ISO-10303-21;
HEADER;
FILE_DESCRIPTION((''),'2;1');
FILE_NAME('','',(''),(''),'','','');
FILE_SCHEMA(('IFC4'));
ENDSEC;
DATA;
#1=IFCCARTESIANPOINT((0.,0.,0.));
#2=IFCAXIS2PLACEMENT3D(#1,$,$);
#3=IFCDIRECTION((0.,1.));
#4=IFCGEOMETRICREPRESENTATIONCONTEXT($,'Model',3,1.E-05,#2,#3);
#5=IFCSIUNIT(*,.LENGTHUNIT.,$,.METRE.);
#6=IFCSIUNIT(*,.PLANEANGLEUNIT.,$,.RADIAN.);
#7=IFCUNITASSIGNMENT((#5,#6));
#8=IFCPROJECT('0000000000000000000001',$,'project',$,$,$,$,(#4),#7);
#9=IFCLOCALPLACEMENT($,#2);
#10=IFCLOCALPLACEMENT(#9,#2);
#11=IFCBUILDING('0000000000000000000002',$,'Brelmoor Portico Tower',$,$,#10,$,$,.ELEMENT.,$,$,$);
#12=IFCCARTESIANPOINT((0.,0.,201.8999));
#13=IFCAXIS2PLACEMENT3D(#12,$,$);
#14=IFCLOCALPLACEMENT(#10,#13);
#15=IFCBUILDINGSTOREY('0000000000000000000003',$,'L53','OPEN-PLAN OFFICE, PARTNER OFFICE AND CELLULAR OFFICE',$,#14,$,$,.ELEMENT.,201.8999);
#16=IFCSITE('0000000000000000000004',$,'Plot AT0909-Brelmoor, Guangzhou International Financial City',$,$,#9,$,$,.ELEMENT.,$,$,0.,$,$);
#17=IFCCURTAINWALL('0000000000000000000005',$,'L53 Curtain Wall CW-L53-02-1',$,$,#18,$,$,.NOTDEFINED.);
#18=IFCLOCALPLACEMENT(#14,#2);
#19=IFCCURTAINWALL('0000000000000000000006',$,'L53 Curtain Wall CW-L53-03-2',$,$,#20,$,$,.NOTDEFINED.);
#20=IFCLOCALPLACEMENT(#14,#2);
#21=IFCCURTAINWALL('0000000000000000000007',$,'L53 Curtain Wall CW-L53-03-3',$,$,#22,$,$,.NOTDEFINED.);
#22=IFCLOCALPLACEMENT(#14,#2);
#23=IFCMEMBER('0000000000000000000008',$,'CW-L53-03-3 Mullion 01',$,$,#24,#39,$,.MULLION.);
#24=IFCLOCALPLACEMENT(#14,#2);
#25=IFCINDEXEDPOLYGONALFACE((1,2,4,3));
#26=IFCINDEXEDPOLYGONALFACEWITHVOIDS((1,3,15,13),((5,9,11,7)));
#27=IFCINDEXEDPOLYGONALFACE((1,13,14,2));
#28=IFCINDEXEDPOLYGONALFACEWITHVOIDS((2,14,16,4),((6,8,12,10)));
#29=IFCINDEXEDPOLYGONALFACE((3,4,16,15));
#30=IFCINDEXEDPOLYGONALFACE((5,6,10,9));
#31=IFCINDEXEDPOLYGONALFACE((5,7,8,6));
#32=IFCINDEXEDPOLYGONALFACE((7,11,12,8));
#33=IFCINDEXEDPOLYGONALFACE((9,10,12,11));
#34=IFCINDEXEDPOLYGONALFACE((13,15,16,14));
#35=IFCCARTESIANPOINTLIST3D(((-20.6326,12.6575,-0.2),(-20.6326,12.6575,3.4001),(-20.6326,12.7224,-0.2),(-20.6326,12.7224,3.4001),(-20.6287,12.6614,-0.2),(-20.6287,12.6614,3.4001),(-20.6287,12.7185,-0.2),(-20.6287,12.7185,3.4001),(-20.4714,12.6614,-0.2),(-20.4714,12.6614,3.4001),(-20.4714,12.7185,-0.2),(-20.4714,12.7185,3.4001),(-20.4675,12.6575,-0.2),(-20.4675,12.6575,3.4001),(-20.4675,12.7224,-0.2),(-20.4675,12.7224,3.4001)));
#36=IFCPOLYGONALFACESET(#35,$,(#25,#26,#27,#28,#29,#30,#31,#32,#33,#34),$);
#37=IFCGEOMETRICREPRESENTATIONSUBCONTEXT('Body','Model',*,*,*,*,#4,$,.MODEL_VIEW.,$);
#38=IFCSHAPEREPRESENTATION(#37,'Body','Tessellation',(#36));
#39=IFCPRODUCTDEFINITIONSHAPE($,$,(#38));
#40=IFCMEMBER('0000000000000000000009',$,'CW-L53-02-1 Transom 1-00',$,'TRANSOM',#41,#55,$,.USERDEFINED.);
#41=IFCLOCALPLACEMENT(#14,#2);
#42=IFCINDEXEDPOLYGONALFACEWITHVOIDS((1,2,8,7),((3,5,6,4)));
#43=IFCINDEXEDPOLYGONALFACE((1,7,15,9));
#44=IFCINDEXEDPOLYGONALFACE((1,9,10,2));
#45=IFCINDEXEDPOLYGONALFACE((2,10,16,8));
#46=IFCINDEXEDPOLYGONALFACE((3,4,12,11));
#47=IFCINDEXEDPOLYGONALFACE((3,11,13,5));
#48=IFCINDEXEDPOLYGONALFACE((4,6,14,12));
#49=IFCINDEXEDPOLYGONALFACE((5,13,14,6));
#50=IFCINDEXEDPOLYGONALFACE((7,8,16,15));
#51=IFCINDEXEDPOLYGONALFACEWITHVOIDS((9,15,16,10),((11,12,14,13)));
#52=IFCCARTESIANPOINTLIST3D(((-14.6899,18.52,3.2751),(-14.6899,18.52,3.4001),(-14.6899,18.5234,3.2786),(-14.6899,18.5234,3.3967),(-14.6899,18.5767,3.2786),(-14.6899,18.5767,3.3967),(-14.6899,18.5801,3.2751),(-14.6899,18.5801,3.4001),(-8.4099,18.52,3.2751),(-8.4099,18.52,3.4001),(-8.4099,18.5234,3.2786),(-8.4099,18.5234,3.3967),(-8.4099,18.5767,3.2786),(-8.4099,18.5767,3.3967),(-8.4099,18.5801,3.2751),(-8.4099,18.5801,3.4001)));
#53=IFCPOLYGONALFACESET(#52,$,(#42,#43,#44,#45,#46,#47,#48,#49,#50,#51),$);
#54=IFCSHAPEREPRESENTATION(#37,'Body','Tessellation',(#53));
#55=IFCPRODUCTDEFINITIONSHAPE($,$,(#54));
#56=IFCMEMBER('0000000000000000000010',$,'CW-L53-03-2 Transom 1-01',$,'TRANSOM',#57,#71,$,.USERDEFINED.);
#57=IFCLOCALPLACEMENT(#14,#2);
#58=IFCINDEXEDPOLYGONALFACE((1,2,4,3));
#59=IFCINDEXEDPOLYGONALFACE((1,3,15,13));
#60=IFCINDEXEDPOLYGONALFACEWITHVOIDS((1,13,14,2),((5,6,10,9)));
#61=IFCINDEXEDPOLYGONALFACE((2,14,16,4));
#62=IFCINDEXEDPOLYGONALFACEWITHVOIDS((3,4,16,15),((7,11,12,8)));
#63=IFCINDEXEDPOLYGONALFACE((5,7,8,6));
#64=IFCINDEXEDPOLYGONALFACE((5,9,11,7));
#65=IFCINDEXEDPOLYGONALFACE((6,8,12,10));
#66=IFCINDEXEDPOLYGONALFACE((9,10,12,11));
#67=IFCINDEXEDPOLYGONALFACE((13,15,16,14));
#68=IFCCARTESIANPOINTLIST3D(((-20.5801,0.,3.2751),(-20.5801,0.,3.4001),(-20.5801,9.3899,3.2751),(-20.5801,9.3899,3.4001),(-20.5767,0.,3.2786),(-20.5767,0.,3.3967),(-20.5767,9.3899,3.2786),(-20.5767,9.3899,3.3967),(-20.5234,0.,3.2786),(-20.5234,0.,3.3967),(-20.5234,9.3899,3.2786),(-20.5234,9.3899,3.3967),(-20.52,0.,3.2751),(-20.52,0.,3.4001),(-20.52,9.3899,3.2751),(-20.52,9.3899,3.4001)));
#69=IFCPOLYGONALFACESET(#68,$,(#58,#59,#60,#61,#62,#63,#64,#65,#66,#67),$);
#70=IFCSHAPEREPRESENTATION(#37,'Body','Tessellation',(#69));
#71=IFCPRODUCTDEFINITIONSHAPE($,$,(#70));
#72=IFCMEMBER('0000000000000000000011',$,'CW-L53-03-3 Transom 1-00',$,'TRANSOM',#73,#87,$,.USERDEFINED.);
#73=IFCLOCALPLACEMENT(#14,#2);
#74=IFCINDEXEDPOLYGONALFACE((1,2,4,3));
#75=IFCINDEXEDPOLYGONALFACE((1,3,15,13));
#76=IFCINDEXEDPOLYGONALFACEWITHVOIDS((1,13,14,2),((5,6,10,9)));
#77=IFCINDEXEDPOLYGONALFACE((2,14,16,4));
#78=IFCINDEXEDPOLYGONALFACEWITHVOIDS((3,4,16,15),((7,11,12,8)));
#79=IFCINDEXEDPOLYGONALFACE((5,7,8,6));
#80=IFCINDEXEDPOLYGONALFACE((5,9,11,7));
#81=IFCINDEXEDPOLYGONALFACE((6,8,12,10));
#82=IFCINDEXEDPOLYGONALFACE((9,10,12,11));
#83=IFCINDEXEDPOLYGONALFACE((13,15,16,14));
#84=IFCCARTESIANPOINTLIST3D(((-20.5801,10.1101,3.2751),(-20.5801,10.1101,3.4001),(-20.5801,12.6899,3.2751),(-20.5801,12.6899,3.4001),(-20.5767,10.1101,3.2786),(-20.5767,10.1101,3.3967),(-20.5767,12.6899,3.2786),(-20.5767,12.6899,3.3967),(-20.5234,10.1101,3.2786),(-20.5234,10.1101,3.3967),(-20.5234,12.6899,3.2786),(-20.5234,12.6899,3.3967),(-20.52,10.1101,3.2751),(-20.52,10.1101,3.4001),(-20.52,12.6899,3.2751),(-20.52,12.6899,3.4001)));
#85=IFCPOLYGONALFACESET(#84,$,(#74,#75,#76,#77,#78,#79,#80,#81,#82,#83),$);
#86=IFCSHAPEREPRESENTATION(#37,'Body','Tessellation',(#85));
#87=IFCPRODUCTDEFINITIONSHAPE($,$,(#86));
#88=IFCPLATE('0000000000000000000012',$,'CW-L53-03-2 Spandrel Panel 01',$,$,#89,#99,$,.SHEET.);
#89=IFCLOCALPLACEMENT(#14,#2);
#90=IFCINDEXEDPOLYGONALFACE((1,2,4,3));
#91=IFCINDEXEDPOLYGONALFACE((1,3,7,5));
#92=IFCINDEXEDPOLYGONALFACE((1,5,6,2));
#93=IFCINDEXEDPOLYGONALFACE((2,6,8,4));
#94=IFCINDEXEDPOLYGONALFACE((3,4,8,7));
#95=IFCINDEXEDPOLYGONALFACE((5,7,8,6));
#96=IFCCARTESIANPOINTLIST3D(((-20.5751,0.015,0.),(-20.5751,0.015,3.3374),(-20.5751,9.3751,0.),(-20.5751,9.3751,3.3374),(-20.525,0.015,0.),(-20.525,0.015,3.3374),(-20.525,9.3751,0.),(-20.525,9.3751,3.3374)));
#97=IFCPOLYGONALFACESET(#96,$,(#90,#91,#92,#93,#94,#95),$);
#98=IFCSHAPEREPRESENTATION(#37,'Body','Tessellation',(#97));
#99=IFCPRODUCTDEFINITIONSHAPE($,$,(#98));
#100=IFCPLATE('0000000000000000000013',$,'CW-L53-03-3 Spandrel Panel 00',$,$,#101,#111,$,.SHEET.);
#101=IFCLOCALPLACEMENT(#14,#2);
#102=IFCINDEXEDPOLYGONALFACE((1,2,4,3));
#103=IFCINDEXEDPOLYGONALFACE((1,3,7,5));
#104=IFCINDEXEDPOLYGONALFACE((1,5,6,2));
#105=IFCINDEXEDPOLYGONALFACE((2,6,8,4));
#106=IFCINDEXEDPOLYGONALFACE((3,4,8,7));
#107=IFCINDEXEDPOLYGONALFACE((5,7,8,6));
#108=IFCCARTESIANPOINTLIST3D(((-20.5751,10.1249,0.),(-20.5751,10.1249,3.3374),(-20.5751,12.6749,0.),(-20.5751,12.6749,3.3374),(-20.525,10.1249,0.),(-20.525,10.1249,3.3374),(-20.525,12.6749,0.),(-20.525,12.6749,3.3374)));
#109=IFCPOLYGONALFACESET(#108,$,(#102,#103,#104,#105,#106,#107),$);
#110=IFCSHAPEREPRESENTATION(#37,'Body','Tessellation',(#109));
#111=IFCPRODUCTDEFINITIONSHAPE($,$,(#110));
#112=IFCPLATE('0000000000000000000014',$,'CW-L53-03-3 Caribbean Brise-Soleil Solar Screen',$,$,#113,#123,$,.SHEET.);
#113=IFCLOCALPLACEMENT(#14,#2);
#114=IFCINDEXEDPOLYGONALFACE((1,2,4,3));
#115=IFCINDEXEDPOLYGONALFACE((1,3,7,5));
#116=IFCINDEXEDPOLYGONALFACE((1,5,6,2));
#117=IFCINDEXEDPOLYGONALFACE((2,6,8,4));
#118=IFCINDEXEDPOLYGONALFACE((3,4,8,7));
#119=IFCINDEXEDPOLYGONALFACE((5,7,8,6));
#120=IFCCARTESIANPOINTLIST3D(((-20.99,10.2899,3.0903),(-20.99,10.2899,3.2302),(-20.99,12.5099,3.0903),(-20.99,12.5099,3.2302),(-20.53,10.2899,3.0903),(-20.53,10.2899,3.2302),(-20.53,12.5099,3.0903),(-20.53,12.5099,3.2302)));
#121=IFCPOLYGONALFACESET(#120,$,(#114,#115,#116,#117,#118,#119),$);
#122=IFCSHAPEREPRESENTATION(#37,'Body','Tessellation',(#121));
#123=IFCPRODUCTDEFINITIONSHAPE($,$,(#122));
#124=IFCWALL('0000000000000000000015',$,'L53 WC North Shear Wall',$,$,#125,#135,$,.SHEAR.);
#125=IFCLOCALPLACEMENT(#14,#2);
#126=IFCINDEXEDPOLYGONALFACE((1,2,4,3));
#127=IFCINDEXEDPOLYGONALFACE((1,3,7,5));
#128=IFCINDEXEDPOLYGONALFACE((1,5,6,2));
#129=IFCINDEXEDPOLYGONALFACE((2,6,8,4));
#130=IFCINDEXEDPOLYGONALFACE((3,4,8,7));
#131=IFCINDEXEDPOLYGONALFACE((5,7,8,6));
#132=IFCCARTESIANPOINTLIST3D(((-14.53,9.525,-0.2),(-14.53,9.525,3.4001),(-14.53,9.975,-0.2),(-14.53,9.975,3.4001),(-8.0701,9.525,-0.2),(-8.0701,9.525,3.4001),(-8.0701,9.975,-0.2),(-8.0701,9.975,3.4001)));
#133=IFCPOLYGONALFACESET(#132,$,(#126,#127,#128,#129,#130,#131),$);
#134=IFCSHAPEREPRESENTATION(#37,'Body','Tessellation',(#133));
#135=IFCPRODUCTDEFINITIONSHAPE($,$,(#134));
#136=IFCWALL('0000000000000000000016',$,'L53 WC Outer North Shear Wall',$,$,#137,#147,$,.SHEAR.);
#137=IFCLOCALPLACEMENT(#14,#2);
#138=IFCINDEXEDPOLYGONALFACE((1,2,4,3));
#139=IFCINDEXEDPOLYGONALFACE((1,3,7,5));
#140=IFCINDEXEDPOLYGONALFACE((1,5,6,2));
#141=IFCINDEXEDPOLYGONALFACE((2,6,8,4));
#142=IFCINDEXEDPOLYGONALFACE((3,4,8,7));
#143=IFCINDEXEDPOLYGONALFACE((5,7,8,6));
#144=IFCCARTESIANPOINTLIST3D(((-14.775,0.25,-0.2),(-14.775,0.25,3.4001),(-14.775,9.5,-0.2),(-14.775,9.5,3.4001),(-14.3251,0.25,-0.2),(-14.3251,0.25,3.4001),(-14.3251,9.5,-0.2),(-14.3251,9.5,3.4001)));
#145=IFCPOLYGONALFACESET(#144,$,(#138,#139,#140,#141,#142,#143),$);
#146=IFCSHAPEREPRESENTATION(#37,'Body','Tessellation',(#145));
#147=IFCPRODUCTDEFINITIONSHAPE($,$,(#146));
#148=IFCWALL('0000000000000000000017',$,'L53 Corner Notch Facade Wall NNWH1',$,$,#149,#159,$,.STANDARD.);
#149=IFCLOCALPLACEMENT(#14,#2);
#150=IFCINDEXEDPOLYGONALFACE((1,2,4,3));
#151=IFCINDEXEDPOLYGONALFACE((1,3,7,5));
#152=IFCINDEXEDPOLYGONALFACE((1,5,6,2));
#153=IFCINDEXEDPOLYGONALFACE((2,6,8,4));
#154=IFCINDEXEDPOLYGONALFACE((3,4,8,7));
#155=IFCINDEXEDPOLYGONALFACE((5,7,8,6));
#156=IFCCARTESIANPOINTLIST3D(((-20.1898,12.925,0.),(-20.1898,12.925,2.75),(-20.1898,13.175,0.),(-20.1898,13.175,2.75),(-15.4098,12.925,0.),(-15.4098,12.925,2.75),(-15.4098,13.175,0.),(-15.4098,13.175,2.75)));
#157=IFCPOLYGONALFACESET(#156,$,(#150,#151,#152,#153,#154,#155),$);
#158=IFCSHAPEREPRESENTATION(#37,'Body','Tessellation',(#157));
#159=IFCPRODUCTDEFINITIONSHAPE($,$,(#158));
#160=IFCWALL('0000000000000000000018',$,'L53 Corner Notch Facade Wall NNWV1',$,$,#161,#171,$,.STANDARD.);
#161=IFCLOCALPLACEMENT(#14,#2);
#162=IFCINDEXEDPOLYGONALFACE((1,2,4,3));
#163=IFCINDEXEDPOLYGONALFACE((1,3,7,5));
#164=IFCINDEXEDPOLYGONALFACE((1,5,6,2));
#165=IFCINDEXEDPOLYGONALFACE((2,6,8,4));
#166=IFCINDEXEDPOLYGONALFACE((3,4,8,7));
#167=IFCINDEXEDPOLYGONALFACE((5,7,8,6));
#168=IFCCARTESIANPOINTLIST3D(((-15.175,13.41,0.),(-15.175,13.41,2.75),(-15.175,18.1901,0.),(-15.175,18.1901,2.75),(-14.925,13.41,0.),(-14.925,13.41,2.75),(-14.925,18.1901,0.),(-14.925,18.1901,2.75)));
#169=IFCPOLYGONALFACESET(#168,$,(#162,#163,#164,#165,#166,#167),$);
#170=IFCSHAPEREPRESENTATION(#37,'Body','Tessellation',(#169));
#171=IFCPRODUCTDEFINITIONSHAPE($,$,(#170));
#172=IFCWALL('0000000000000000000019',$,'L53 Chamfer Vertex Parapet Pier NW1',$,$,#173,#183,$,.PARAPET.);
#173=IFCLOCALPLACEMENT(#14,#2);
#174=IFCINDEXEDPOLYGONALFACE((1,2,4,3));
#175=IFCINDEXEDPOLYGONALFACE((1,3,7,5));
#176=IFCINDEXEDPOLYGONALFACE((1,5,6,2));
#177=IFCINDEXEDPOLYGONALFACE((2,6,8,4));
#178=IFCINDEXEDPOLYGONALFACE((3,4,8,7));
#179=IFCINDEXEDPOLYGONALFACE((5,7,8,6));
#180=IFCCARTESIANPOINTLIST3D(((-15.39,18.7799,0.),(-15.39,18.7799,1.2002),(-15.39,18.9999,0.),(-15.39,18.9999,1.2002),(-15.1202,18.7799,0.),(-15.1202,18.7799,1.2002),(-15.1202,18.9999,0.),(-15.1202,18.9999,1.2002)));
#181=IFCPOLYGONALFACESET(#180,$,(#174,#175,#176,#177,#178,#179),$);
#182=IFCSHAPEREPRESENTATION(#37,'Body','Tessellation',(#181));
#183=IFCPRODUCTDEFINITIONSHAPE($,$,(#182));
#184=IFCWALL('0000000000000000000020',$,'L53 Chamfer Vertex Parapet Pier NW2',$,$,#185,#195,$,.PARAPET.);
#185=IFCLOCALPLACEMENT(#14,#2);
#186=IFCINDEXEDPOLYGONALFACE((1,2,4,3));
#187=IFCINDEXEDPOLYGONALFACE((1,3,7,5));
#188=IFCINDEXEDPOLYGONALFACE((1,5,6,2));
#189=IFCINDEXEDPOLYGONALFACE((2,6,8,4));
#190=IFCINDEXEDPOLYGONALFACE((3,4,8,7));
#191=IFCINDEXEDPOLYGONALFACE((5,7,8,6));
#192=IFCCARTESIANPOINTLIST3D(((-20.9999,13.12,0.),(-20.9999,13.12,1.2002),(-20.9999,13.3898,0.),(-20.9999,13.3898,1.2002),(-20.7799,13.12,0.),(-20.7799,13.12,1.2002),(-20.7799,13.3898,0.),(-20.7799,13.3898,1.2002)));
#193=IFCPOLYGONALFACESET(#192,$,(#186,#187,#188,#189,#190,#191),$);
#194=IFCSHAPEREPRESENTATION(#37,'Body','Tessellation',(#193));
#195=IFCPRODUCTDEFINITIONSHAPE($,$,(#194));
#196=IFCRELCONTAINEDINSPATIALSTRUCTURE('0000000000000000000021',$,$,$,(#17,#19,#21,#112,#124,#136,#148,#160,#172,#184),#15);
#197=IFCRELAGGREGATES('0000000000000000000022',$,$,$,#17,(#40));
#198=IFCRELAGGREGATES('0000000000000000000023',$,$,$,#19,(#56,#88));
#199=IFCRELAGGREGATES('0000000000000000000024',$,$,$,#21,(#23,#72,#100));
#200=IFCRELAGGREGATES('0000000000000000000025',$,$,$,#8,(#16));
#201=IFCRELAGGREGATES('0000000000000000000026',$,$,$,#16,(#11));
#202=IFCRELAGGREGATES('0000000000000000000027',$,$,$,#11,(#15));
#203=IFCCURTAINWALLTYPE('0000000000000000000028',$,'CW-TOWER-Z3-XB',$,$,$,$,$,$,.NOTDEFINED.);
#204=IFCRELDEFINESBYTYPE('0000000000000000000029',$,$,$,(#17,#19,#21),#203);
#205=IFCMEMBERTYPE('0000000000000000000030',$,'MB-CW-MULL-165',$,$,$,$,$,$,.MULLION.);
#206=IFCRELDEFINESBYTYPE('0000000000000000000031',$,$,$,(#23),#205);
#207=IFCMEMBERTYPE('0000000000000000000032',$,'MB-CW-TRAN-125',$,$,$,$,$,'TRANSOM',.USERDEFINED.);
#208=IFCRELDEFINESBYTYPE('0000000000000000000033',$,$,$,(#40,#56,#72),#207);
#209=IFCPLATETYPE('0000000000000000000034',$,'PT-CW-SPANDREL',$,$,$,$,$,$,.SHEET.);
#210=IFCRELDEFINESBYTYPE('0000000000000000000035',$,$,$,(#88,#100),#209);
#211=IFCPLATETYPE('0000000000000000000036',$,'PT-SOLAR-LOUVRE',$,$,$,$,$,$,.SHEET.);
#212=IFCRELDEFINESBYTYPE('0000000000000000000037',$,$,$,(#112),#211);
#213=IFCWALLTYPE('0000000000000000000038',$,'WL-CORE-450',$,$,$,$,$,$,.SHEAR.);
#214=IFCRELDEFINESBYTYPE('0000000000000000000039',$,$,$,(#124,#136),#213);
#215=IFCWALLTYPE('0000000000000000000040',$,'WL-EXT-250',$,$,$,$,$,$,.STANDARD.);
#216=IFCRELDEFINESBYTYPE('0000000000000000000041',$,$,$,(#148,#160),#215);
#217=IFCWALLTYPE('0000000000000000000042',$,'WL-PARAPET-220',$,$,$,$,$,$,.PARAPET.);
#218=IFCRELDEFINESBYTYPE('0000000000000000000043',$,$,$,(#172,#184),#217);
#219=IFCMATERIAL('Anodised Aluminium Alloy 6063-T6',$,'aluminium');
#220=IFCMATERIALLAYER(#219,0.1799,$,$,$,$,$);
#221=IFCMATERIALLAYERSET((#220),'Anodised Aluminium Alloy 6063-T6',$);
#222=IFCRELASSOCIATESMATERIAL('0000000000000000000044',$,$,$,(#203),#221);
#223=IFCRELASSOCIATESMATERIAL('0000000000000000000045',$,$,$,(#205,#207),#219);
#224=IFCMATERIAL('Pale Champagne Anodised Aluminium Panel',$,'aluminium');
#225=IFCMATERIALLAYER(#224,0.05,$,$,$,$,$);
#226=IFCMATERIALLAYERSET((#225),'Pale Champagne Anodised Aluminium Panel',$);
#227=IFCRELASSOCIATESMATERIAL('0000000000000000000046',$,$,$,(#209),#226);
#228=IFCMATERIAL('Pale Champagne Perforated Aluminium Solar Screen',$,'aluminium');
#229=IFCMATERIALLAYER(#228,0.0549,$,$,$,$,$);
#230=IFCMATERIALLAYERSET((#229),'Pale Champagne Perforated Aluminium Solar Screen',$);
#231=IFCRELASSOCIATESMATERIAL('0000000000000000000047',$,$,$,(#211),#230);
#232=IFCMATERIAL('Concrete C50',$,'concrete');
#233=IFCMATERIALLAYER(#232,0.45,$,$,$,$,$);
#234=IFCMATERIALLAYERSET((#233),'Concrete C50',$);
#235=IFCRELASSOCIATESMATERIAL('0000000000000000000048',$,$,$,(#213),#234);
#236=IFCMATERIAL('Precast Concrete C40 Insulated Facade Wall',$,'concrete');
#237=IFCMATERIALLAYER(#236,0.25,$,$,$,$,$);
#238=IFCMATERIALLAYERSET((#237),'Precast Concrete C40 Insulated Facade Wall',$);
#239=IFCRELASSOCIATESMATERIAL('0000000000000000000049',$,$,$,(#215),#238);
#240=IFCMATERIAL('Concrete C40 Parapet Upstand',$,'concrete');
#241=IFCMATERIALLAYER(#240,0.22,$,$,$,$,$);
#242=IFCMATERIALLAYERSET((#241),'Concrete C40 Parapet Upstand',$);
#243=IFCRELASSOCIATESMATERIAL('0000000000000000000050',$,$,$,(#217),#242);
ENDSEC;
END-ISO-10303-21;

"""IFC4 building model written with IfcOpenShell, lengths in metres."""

from ifc_helpers import new_model, si_unit, direction, frame, frame_2d, origin, origin_2d, place, context, subcontext, project, spatial, rectangle, hollow_rectangle, extrude, material, layer, layer_set, material_profile, profile_set, type_object, element, aggregate, save


model = new_model("IFC4")

# Units and contexts
model_context = context("Model", 3, precision=1e-05, world=origin(), true_north=direction((0.0, 1.0)))
body_context = subcontext(model_context, "Body", "Model", "MODEL_VIEW")
ifc_project = project(units=[si_unit("LENGTHUNIT", "METRE"), si_unit("PLANEANGLEUNIT", "RADIAN")], contexts=[model_context])

# Site, building, storey
site_placement = place(None, origin())
site = spatial("IfcSite", under=ifc_project, at=site_placement, Name="Plot AT0909-Brelmoor, Guangzhou International Financial City", CompositionType="ELEMENT", RefElevation=0.0)
building_placement = place(site_placement, origin())
building = spatial("IfcBuilding", under=site, at=building_placement, Name="Brelmoor Portico Tower", CompositionType="ELEMENT")
storey_placement = place(building_placement, frame((0.0, 0.0, 201.8999)))
storey = spatial("IfcBuildingStorey", under=building, at=storey_placement, Name="L53", Description="OPEN-PLAN OFFICE, PARTNER OFFICE AND CELLULAR OFFICE", CompositionType="ELEMENT", Elevation=201.8999)

# Curtain walls
ifc_material_1 = material(Name="Anodised Aluminium Alloy 6063-T6", Category="aluminium")
ifc_layer_1 = layer(ifc_material_1, 0.1799)
ifc_layer_set_1 = layer_set([ifc_layer_1], Name="Anodised Aluminium Alloy 6063-T6")
curtain_wall_type = type_object("IfcCurtainWallType", Name="CW-TOWER-Z3-XB", PredefinedType="NOTDEFINED", material=ifc_layer_set_1)
curtain_wall_1_placement = place(storey_placement, origin())
curtain_wall_1 = element("IfcCurtainWall", 1, at=curtain_wall_1_placement, inside=storey, type_object=curtain_wall_type, Name="L53 Curtain Wall CW-L53-02-1", PredefinedType="NOTDEFINED")
ifc_material_profile_1 = material_profile(ifc_material_1, hollow_rectangle(XDim=0.0649, YDim=0.165, WallThickness=0.0039, at=origin_2d()), Name="ALU MULLION 65x165")
ifc_profile_set_1 = profile_set([ifc_material_profile_1], Name="Anodised Aluminium Alloy 6063-T6")
member_type_1 = type_object("IfcMemberType", Name="MB-CW-MULL-165", PredefinedType="MULLION", material=ifc_profile_set_1)
curtain_wall_2_placement = place(storey_placement, origin())
curtain_wall_2 = element("IfcCurtainWall", 2, at=curtain_wall_2_placement, inside=storey, type_object=curtain_wall_type, Name="L53 Curtain Wall CW-L53-03-2", PredefinedType="NOTDEFINED")

# Curtain wall, member
curtain_wall_3_placement = place(storey_placement, origin())
curtain_wall_3 = element("IfcCurtainWall", 3, at=curtain_wall_3_placement, inside=storey, type_object=curtain_wall_type, Name="L53 Curtain Wall CW-L53-03-3", PredefinedType="NOTDEFINED")
member_1_placement = place(storey_placement, frame((-20.55, 12.6899, -0.2), z_axis=(0.0, 0.0, 1.0), x_axis=(0.0, 1.0, 0.0)))
member_1 = element("IfcMember", 4, at=member_1_placement, type_object=member_type_1, Name="CW-L53-03-3 Mullion 01", PredefinedType="MULLION", context=body_context, shape_type="SweptSolid", body=[
    extrude(hollow_rectangle(XDim=0.0649, YDim=0.165, WallThickness=0.0039, at=origin_2d()), origin(), (0.0, 0.0, 1.0), 3.6001),
])

# Members
ifc_material_profile_2 = material_profile(ifc_material_1, hollow_rectangle(XDim=0.0601, YDim=0.125, WallThickness=0.0034, at=origin_2d()), Name="ALU TRANSOM 60x125")
ifc_profile_set_2 = profile_set([ifc_material_profile_2], Name="Anodised Aluminium Alloy 6063-T6")
member_type_2 = type_object("IfcMemberType", Name="MB-CW-TRAN-125", ElementType="TRANSOM", PredefinedType="USERDEFINED", material=ifc_profile_set_2)
member_2_placement = place(storey_placement, frame((-14.6899, 18.55, 3.3376), z_axis=(1.0, 0.0, 0.0), x_axis=(0.0, 1.0, 0.0)))
member_2 = element("IfcMember", 5, at=member_2_placement, type_object=member_type_2, Name="CW-L53-02-1 Transom 1-00", ObjectType="TRANSOM", PredefinedType="USERDEFINED", context=body_context, shape_type="SweptSolid", body=[
    extrude(hollow_rectangle(XDim=0.0601, YDim=0.125, WallThickness=0.0034, at=origin_2d()), origin(), (0.0, 0.0, 1.0), 6.28),
])
aggregate(curtain_wall_1, [member_2])
member_3_placement = place(storey_placement, frame((-20.55, 0.0, 3.3376), z_axis=(0.0, 1.0, 0.0), x_axis=(-1.0, 0.0, 0.0)))
member_3 = element("IfcMember", 6, at=member_3_placement, type_object=member_type_2, Name="CW-L53-03-2 Transom 1-01", ObjectType="TRANSOM", PredefinedType="USERDEFINED", context=body_context, shape_type="SweptSolid", body=[
    extrude(hollow_rectangle(XDim=0.0601, YDim=0.125, WallThickness=0.0034, at=origin_2d()), origin(), (0.0, 0.0, 1.0), 9.3899),
])
member_4_placement = place(storey_placement, frame((-20.55, 10.1101, 3.3376), z_axis=(0.0, 1.0, 0.0), x_axis=(-1.0, 0.0, 0.0)))
member_4 = element("IfcMember", 7, at=member_4_placement, type_object=member_type_2, Name="CW-L53-03-3 Transom 1-00", ObjectType="TRANSOM", PredefinedType="USERDEFINED", context=body_context, shape_type="SweptSolid", body=[
    extrude(hollow_rectangle(XDim=0.0601, YDim=0.125, WallThickness=0.0034, at=origin_2d()), origin(), (0.0, 0.0, 1.0), 2.5798),
])

# Plates
ifc_material_2 = material(Name="Pale Champagne Anodised Aluminium Panel", Category="aluminium")
ifc_layer_2 = layer(ifc_material_2, 0.05)
ifc_layer_set_2 = layer_set([ifc_layer_2], Name="Pale Champagne Anodised Aluminium Panel")
plate_type_1 = type_object("IfcPlateType", Name="PT-CW-SPANDREL", PredefinedType="SHEET", material=ifc_layer_set_2)
plate_1_placement = place(storey_placement, frame((-20.55, 4.6951, 0.0), z_axis=(0.0, 0.0, 1.0), x_axis=(0.0, 1.0, 0.0)))
plate_1 = element("IfcPlate", 8, at=plate_1_placement, type_object=plate_type_1, Name="CW-L53-03-2 Spandrel Panel 01", PredefinedType="SHEET", context=body_context, shape_type="SweptSolid", body=[
    extrude(rectangle(XDim=9.3601, YDim=0.05, at=origin_2d()), origin(), (0.0, 0.0, 1.0), 3.3374),
])
aggregate(curtain_wall_2, [member_3, plate_1])
plate_2_placement = place(storey_placement, frame((-20.55, 11.3999, 0.0), z_axis=(0.0, 0.0, 1.0), x_axis=(0.0, 1.0, 0.0)))
plate_2 = element("IfcPlate", 9, at=plate_2_placement, type_object=plate_type_1, Name="CW-L53-03-3 Spandrel Panel 00", PredefinedType="SHEET", context=body_context, shape_type="SweptSolid", body=[
    extrude(rectangle(XDim=2.55, YDim=0.05, at=origin_2d()), origin(), (0.0, 0.0, 1.0), 3.3374),
])
aggregate(curtain_wall_3, [member_1, member_4, plate_2])
ifc_material_3 = material(Name="Pale Champagne Perforated Aluminium Solar Screen", Category="aluminium")
ifc_layer_3 = layer(ifc_material_3, 0.0549)
ifc_layer_set_3 = layer_set([ifc_layer_3], Name="Pale Champagne Perforated Aluminium Solar Screen")
plate_type_2 = type_object("IfcPlateType", Name="PT-SOLAR-LOUVRE", PredefinedType="SHEET", material=ifc_layer_set_3)
plate_3_placement = place(storey_placement, frame((-20.76, 11.3999, 3.0903), z_axis=(0.0, 0.0, 1.0), x_axis=(0.0, 1.0, 0.0)))
element("IfcPlate", 10, at=plate_3_placement, inside=storey, type_object=plate_type_2, Name="CW-L53-03-3 Caribbean Brise-Soleil Solar Screen", PredefinedType="SHEET", context=body_context, shape_type="SweptSolid", body=[
    extrude(rectangle(XDim=2.22, YDim=0.46, at=origin_2d()), origin(), (0.0, 0.0, 1.0), 0.1399),
])

# Walls
ifc_material_4 = material(Name="Concrete C50", Category="concrete")
ifc_layer_4 = layer(ifc_material_4, 0.45)
ifc_layer_set_4 = layer_set([ifc_layer_4], Name="Concrete C50")
wall_type_1 = type_object("IfcWallType", Name="WL-CORE-450", PredefinedType="SHEAR", material=ifc_layer_set_4)
wall_1_placement = place(storey_placement, frame((-14.53, 9.75, -0.2), z_axis=(0.0, 0.0, 1.0), x_axis=(1.0, 0.0, 0.0)))
element("IfcWall", 11, at=wall_1_placement, inside=storey, type_object=wall_type_1, Name="L53 WC North Shear Wall", PredefinedType="SHEAR", context=body_context, shape_type="SweptSolid", body=[
    extrude(rectangle(XDim=6.46, YDim=0.45, at=frame_2d((3.23, 0.0))), origin(), (0.0, 0.0, 1.0), 3.6001),
])
wall_2_placement = place(storey_placement, frame((-14.55, 0.25, -0.2), z_axis=(0.0, 0.0, 1.0), x_axis=(0.0, 1.0, 0.0)))
element("IfcWall", 12, at=wall_2_placement, inside=storey, type_object=wall_type_1, Name="L53 WC Outer North Shear Wall", PredefinedType="SHEAR", context=body_context, shape_type="SweptSolid", body=[
    extrude(rectangle(XDim=9.25, YDim=0.45, at=frame_2d((4.625, 0.0))), origin(), (0.0, 0.0, 1.0), 3.6001),
])
ifc_material_5 = material(Name="Precast Concrete C40 Insulated Facade Wall", Category="concrete")
ifc_layer_5 = layer(ifc_material_5, 0.25)
ifc_layer_set_5 = layer_set([ifc_layer_5], Name="Precast Concrete C40 Insulated Facade Wall")
wall_type_2 = type_object("IfcWallType", Name="WL-EXT-250", PredefinedType="STANDARD", material=ifc_layer_set_5)
for number, where, z_axis, x_axis, name in (
    (13, (-20.1899, 13.05, 0.0), (0.0, 0.0, 1.0), (1.0, 0.0, 0.0), "L53 Corner Notch Facade Wall NNWH1"),
    (14, (-15.05, 13.4099, 0.0), (0.0, 0.0, 1.0), (0.0, 1.0, 0.0), "L53 Corner Notch Facade Wall NNWV1"),
):
    element("IfcWall", number, at=place(storey_placement, frame(where, z_axis=z_axis, x_axis=x_axis)), inside=storey, type_object=wall_type_2, Name=name, PredefinedType="STANDARD", context=body_context, shape_type="SweptSolid", body=[
        extrude(rectangle(XDim=4.78, YDim=0.25, at=frame_2d((2.3901, 0.0))), origin(), (0.0, 0.0, 1.0), 2.75),
    ])
ifc_material_6 = material(Name="Concrete C40 Parapet Upstand", Category="concrete")
ifc_layer_6 = layer(ifc_material_6, 0.22)
ifc_layer_set_6 = layer_set([ifc_layer_6], Name="Concrete C40 Parapet Upstand")
wall_type_3 = type_object("IfcWallType", Name="WL-PARAPET-220", PredefinedType="PARAPET", material=ifc_layer_set_6)
for number, where, z_axis, x_axis, name in (
    (15, (-15.3899, 18.8899, 0.0), (0.0, 0.0, 1.0), (1.0, 0.0, 0.0), "L53 Chamfer Vertex Parapet Pier NW1"),
    (16, (-20.8899, 13.1201, 0.0), (0.0, 0.0, 1.0), (0.0, 1.0, 0.0), "L53 Chamfer Vertex Parapet Pier NW2"),
):
    element("IfcWall", number, at=place(storey_placement, frame(where, z_axis=z_axis, x_axis=x_axis)), inside=storey, type_object=wall_type_3, Name=name, PredefinedType="PARAPET", context=body_context, shape_type="SweptSolid", body=[
        extrude(rectangle(XDim=0.2698, YDim=0.22, at=frame_2d((0.1348, 0.0))), origin(), (0.0, 0.0, 1.0), 1.2002),
    ])

save(model, "model.ifc")
